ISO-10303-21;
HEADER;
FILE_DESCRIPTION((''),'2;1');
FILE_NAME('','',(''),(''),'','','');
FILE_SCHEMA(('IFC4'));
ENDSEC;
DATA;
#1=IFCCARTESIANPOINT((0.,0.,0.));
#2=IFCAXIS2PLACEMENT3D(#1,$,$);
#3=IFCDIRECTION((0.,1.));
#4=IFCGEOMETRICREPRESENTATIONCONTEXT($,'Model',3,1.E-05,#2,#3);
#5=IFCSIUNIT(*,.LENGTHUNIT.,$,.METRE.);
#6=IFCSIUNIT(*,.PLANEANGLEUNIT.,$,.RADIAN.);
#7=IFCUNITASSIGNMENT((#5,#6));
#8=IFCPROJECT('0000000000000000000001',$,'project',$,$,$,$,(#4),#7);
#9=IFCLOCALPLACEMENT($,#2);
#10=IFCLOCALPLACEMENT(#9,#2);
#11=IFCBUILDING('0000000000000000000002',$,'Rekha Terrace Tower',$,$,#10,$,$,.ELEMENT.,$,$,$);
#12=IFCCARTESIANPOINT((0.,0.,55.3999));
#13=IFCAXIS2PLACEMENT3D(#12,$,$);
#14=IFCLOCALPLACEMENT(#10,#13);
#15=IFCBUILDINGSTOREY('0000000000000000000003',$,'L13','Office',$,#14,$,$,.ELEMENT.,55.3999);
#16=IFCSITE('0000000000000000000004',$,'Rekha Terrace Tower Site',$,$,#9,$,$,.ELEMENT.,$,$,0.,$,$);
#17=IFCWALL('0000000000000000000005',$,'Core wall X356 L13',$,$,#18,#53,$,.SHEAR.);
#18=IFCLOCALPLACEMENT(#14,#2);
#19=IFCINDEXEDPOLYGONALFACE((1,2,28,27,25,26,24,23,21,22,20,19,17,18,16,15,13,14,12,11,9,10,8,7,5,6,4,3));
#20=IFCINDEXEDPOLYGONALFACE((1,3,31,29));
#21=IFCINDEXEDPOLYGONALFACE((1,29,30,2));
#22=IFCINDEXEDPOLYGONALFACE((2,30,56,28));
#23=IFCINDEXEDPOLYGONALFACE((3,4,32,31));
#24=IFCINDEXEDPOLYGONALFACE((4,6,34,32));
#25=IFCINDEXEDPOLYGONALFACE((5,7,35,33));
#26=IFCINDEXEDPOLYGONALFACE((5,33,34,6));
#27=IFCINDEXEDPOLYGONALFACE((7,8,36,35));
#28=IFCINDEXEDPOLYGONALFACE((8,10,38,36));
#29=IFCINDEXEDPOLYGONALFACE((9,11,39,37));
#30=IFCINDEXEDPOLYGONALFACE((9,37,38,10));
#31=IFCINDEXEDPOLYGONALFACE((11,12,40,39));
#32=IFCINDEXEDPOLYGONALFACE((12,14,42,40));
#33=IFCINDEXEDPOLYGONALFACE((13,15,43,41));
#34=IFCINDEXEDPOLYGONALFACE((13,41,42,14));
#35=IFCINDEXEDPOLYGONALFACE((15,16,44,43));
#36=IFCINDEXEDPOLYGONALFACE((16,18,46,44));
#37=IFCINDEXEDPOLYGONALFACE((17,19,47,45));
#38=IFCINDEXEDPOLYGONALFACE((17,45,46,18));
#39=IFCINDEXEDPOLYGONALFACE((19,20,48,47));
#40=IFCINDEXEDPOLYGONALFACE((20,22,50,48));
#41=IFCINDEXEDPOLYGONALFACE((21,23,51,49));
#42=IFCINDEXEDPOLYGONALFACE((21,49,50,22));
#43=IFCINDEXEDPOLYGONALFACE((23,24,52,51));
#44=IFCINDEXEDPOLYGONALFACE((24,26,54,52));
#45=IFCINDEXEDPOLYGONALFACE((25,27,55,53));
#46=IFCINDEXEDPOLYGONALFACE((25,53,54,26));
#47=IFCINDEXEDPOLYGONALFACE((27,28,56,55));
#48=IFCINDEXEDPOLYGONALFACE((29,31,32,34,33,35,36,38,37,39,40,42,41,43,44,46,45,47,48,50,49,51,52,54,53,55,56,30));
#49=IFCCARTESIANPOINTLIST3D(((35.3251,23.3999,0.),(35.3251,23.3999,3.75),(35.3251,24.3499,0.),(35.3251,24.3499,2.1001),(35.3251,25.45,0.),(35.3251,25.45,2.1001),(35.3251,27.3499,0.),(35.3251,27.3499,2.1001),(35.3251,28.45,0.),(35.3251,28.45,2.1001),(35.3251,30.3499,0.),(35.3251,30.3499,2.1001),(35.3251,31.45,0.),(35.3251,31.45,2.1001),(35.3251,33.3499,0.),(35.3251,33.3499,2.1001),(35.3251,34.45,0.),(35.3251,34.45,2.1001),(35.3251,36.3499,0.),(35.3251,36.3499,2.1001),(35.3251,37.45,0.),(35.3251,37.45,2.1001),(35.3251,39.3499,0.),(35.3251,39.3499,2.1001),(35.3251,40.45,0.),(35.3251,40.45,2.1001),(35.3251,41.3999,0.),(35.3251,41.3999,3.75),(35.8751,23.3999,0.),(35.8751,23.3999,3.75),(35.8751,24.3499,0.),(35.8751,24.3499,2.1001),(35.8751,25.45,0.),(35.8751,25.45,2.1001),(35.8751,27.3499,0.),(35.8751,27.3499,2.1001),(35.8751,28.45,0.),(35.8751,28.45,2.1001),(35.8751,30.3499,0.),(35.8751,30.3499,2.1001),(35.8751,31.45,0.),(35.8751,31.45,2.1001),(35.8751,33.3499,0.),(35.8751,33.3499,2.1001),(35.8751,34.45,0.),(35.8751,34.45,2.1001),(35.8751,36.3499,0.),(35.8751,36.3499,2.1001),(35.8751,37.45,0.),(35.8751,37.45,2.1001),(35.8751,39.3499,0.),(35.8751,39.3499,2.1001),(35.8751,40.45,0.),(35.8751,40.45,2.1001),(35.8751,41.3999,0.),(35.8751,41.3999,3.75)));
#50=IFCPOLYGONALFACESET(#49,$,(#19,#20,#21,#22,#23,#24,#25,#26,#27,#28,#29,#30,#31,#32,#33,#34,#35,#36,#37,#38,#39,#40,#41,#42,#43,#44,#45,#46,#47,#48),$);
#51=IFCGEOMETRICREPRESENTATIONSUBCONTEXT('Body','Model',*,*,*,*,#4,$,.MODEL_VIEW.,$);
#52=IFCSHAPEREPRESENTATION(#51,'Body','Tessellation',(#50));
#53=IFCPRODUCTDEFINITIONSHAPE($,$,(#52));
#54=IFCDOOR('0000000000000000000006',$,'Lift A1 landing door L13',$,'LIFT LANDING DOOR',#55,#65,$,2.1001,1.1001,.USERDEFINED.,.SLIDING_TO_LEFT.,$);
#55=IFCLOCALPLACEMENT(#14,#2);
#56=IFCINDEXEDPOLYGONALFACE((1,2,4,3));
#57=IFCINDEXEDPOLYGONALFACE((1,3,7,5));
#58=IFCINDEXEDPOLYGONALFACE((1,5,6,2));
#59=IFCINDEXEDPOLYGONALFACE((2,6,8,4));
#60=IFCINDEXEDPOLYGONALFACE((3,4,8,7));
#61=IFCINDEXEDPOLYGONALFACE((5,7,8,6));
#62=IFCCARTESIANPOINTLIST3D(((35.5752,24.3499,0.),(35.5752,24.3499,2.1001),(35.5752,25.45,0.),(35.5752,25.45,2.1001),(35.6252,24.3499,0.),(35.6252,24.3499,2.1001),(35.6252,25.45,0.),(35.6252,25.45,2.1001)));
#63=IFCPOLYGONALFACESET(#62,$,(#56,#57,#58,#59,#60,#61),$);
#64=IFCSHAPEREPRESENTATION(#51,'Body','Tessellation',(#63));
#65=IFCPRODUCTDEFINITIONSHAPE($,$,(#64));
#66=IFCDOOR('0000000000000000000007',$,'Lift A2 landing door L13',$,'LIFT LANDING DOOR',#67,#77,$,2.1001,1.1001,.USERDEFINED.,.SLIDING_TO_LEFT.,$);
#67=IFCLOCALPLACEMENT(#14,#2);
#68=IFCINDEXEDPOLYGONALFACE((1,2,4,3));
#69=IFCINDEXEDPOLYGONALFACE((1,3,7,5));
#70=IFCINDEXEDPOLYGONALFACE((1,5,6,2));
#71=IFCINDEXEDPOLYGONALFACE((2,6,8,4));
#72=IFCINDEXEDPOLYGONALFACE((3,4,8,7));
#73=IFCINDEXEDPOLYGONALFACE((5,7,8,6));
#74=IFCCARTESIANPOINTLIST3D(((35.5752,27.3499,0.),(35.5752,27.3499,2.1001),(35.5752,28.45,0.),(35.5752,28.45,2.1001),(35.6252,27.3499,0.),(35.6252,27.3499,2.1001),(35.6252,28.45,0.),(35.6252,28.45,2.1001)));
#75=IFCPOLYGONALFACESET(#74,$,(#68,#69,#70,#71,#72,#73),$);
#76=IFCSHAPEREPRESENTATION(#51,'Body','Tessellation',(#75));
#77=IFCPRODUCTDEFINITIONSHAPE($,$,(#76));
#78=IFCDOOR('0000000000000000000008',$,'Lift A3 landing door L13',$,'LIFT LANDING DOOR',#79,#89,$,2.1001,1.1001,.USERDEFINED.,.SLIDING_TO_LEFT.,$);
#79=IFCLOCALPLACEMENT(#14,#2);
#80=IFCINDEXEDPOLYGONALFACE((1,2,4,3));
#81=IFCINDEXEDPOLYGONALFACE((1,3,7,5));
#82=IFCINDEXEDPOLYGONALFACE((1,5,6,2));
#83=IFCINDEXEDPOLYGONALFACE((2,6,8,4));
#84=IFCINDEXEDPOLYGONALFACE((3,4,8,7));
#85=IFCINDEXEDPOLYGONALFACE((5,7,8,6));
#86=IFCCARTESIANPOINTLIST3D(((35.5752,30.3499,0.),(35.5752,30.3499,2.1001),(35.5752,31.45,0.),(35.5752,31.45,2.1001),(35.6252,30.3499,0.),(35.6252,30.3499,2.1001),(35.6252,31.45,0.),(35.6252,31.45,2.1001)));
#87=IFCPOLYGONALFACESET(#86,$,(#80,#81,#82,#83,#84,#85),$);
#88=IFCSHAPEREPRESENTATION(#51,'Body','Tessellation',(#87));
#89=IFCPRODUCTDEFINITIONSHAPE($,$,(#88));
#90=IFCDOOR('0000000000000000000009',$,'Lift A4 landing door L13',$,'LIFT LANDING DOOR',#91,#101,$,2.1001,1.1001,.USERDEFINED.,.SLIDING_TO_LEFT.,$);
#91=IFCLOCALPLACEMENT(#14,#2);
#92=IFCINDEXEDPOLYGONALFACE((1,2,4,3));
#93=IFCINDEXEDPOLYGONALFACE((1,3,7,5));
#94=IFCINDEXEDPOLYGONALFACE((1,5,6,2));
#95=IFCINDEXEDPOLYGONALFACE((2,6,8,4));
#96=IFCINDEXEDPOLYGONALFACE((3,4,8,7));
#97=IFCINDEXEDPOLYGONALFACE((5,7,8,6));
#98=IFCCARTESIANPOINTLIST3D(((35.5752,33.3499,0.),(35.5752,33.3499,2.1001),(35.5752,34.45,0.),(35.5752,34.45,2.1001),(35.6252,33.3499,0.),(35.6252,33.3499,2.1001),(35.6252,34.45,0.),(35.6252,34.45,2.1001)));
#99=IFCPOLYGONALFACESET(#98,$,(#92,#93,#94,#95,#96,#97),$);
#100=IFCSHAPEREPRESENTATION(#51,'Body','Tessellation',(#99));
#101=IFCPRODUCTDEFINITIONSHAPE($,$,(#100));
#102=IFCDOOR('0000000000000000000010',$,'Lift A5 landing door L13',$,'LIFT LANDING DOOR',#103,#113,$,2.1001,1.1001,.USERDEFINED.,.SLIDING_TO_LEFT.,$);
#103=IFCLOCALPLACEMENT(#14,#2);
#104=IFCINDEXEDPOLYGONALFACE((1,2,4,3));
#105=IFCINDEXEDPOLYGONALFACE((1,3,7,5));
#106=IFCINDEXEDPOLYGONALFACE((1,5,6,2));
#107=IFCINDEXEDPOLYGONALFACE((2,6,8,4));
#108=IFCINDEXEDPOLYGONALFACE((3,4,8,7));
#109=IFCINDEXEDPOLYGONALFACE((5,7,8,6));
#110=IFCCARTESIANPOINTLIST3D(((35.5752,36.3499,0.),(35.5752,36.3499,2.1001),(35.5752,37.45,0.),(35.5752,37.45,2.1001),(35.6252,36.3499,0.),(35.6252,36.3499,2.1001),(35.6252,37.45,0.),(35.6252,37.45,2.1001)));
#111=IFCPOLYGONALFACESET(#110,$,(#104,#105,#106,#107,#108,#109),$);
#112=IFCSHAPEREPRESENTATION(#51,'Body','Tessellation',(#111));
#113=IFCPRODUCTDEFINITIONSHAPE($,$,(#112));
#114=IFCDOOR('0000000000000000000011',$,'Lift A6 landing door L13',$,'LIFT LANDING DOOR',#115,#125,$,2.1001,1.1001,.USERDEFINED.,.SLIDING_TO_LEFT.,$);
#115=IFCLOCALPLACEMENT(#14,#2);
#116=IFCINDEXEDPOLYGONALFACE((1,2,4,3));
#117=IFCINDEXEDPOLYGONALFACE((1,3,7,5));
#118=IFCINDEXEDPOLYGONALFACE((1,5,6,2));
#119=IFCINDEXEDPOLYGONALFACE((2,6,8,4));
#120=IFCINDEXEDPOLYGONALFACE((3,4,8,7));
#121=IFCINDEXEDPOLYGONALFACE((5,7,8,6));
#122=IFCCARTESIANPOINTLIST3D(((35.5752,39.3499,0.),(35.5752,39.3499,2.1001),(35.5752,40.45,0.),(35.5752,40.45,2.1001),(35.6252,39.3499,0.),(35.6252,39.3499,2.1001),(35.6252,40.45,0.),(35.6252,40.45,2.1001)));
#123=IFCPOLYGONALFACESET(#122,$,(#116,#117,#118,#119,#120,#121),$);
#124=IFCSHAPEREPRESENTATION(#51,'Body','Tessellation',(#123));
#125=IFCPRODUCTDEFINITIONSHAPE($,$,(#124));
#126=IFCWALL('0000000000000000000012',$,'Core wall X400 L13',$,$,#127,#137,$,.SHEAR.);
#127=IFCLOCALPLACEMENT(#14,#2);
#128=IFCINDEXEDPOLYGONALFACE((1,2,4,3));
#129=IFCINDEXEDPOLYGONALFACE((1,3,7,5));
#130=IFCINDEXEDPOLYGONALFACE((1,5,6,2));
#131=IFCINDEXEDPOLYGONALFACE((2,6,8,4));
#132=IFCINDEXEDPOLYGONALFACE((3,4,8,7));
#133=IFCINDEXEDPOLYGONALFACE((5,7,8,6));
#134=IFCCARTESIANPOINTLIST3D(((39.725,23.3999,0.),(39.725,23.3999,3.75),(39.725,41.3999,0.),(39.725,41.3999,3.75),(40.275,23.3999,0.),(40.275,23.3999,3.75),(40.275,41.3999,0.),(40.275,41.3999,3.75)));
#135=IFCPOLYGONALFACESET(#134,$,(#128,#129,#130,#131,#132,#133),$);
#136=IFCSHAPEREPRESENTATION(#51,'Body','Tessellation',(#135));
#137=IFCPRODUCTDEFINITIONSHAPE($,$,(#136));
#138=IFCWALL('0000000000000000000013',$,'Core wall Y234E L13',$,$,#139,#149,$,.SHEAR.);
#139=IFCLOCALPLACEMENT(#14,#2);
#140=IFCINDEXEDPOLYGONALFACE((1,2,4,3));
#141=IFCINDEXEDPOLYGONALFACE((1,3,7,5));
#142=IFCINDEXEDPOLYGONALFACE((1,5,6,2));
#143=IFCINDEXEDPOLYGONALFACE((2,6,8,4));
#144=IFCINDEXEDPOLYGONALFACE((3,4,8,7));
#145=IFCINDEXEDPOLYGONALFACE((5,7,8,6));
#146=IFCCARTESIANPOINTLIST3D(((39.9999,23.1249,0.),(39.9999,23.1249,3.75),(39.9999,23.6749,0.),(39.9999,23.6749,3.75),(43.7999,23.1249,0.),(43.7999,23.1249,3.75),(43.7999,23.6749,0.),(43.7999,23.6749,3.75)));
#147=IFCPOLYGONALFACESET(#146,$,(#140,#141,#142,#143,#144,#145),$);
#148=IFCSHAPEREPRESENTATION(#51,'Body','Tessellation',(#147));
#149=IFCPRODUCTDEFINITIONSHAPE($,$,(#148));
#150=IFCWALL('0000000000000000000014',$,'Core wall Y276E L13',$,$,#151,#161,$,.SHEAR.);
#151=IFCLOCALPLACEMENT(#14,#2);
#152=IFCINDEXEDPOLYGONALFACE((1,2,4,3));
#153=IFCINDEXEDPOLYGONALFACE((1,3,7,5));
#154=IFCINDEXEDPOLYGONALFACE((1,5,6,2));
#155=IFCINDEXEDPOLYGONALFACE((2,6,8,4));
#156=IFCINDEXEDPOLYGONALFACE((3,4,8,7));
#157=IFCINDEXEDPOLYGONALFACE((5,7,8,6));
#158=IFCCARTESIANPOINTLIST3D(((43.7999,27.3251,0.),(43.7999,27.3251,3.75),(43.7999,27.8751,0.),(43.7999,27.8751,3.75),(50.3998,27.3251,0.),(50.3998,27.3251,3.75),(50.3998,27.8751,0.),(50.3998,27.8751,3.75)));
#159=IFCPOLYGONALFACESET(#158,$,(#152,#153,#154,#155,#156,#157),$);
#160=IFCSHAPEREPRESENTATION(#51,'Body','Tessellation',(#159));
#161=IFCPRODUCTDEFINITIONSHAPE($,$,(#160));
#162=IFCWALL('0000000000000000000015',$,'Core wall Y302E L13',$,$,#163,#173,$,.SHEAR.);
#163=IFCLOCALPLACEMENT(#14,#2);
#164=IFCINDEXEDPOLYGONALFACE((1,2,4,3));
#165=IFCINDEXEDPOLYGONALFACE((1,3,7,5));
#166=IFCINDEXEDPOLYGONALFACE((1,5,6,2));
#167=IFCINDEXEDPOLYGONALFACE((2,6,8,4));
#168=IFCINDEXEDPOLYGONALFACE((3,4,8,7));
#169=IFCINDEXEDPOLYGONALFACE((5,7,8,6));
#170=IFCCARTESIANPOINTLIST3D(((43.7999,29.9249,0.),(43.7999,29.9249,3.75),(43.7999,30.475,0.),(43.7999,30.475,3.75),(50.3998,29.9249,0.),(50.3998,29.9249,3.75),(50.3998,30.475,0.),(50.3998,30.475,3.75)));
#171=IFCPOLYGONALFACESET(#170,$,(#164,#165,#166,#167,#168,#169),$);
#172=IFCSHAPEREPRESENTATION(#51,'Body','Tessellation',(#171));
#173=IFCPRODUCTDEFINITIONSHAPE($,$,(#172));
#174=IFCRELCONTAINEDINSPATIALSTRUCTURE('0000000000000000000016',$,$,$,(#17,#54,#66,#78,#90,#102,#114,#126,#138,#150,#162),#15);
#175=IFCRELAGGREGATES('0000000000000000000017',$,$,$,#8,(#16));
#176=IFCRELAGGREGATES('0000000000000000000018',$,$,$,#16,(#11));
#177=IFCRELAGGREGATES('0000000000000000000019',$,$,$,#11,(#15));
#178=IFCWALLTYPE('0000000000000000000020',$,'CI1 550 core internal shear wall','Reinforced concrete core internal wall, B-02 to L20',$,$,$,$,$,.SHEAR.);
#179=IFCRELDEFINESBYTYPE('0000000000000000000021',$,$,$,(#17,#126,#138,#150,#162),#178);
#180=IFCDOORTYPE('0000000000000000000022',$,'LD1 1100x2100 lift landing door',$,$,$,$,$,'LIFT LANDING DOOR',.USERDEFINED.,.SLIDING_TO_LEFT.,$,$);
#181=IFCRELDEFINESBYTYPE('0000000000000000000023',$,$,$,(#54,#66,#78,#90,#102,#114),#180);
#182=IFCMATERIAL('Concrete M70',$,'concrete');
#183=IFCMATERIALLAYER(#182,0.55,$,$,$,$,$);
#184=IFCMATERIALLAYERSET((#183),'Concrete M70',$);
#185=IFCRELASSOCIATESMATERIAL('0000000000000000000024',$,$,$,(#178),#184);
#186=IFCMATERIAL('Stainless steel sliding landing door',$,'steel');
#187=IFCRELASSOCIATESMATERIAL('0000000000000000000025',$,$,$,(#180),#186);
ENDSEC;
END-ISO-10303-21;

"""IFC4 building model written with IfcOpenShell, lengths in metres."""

from ifc_helpers import new_model, si_unit, direction, frame, frame_2d, origin, place, context, subcontext, project, spatial, rectangle, extrude, material, layer, layer_set, type_object, element, fill, save


model = new_model("IFC4")

# Units and contexts
model_context = context("Model", 3, precision=1e-05, world=origin(), true_north=direction((0.0, 1.0)))
body_context = subcontext(model_context, "Body", "Model", "MODEL_VIEW")
ifc_project = project(units=[si_unit("LENGTHUNIT", "METRE"), si_unit("PLANEANGLEUNIT", "RADIAN")], contexts=[model_context])

# Site, building, storey
site_placement = place(None, origin())
site = spatial("IfcSite", under=ifc_project, at=site_placement, Name="Rekha Terrace Tower Site", CompositionType="ELEMENT", RefElevation=0.0)
building_placement = place(site_placement, origin())
building = spatial("IfcBuilding", under=site, at=building_placement, Name="Rekha Terrace Tower", CompositionType="ELEMENT")
storey_placement = place(building_placement, frame((0.0, 0.0, 55.3999)))
storey = spatial("IfcBuildingStorey", under=building, at=storey_placement, Name="L13", Description="Office", CompositionType="ELEMENT", Elevation=55.3999)

# Shared definitions
ifc_material_1 = material(Name="Concrete M70", Category="concrete")

# Shared definitions
ifc_layer_1 = layer(ifc_material_1, 0.55)
ifc_layer_set_1 = layer_set([ifc_layer_1], Name="Concrete M70")
wall_type_1 = type_object("IfcWallType", Name="CI1 550 core internal shear wall", Description="Reinforced concrete core internal wall, B-02 to L20", PredefinedType="SHEAR", material=ifc_layer_set_1)

# Wall, openings, doors
wall_1_placement = place(storey_placement, frame((35.6001, 23.3999, 0.0), z_axis=(0.0, 0.0, 1.0), x_axis=(0.0, 1.0, 0.0)))
wall_1 = element("IfcWall", 1, at=wall_1_placement, inside=storey, type_object=wall_type_1, Name="Core wall X356 L13", PredefinedType="SHEAR", context=body_context, shape_type="SweptSolid", body=[
    extrude(rectangle(XDim=18.0, YDim=0.55, at=frame_2d((9.0, 0.0))), origin(), (0.0, 0.0, 1.0), 3.75),
])
opening_1_placement = place(wall_1_placement, frame((0.95, 0.0, 0.0)))
opening_1 = element("IfcOpeningElement", 2, at=opening_1_placement, cuts=wall_1, PredefinedType="OPENING", context=body_context, shape_type="SweptSolid", body=[
    extrude(rectangle(XDim=1.1001, YDim=2.1001, at=frame_2d((0.55, 1.05))), frame((0.0, 0.2849, 0.0), z_axis=(0.0, -1.0, 0.0), x_axis=(1.0, 0.0, 0.0)), (0.0, 0.0, 1.0), 0.5701),
])
opening_2_placement = place(wall_1_placement, frame((3.95, 0.0, 0.0)))
opening_2 = element("IfcOpeningElement", 3, at=opening_2_placement, cuts=wall_1, PredefinedType="OPENING", context=body_context, shape_type="SweptSolid", body=[
    extrude(rectangle(XDim=1.1001, YDim=2.1001, at=frame_2d((0.55, 1.05))), frame((0.0, 0.2849, 0.0), z_axis=(0.0, -1.0, 0.0), x_axis=(1.0, 0.0, 0.0)), (0.0, 0.0, 1.0), 0.5701),
])
opening_3_placement = place(wall_1_placement, frame((6.95, 0.0, 0.0)))
opening_3 = element("IfcOpeningElement", 4, at=opening_3_placement, cuts=wall_1, PredefinedType="OPENING", context=body_context, shape_type="SweptSolid", body=[
    extrude(rectangle(XDim=1.1001, YDim=2.1001, at=frame_2d((0.55, 1.05))), frame((0.0, 0.2849, 0.0), z_axis=(0.0, -1.0, 0.0), x_axis=(1.0, 0.0, 0.0)), (0.0, 0.0, 1.0), 0.5701),
])
opening_4_placement = place(wall_1_placement, frame((9.95, 0.0, 0.0)))
opening_4 = element("IfcOpeningElement", 5, at=opening_4_placement, cuts=wall_1, PredefinedType="OPENING", context=body_context, shape_type="SweptSolid", body=[
    extrude(rectangle(XDim=1.1001, YDim=2.1001, at=frame_2d((0.55, 1.05))), frame((0.0, 0.2849, 0.0), z_axis=(0.0, -1.0, 0.0), x_axis=(1.0, 0.0, 0.0)), (0.0, 0.0, 1.0), 0.5701),
])
opening_5_placement = place(wall_1_placement, frame((12.95, 0.0, 0.0)))
opening_5 = element("IfcOpeningElement", 6, at=opening_5_placement, cuts=wall_1, PredefinedType="OPENING", context=body_context, shape_type="SweptSolid", body=[
    extrude(rectangle(XDim=1.1001, YDim=2.1001, at=frame_2d((0.55, 1.05))), frame((0.0, 0.2849, 0.0), z_axis=(0.0, -1.0, 0.0), x_axis=(1.0, 0.0, 0.0)), (0.0, 0.0, 1.0), 0.5701),
])
opening_6_placement = place(wall_1_placement, frame((15.95, 0.0, 0.0)))
opening_6 = element("IfcOpeningElement", 7, at=opening_6_placement, cuts=wall_1, PredefinedType="OPENING", context=body_context, shape_type="SweptSolid", body=[
    extrude(rectangle(XDim=1.1001, YDim=2.1001, at=frame_2d((0.55, 1.05))), frame((0.0, 0.2849, 0.0), z_axis=(0.0, -1.0, 0.0), x_axis=(1.0, 0.0, 0.0)), (0.0, 0.0, 1.0), 0.5701),
])
ifc_material_2 = material(Name="Stainless steel sliding landing door", Category="steel")
door_type_1 = type_object("IfcDoorType", Name="LD1 1100x2100 lift landing door", ElementType="LIFT LANDING DOOR", OperationType="SLIDING_TO_LEFT", PredefinedType="USERDEFINED", material=ifc_material_2)
door_1_placement = place(opening_1_placement, origin())
door_1 = element("IfcDoor", 8, at=door_1_placement, inside=storey, type_object=door_type_1, Name="Lift A1 landing door L13", ObjectType="LIFT LANDING DOOR", OperationType="SLIDING_TO_LEFT", OverallHeight=2.1001, OverallWidth=1.1001, PredefinedType="USERDEFINED", context=body_context, shape_type="SweptSolid", body=[
    extrude(rectangle(XDim=1.1001, YDim=2.1001, at=frame_2d((0.55, 1.05))), frame((0.0, 0.0249, 0.0), z_axis=(0.0, -1.0, 0.0), x_axis=(1.0, 0.0, 0.0)), (0.0, 0.0, 1.0), 0.05),
])
fill(opening_1, door_1)
door_2_placement = place(opening_2_placement, origin())
door_2 = element("IfcDoor", 9, at=door_2_placement, inside=storey, type_object=door_type_1, Name="Lift A2 landing door L13", ObjectType="LIFT LANDING DOOR", OperationType="SLIDING_TO_LEFT", OverallHeight=2.1001, OverallWidth=1.1001, PredefinedType="USERDEFINED", context=body_context, shape_type="SweptSolid", body=[
    extrude(rectangle(XDim=1.1001, YDim=2.1001, at=frame_2d((0.55, 1.05))), frame((0.0, 0.0249, 0.0), z_axis=(0.0, -1.0, 0.0), x_axis=(1.0, 0.0, 0.0)), (0.0, 0.0, 1.0), 0.05),
])
fill(opening_2, door_2)
door_3_placement = place(opening_3_placement, origin())
door_3 = element("IfcDoor", 10, at=door_3_placement, inside=storey, type_object=door_type_1, Name="Lift A3 landing door L13", ObjectType="LIFT LANDING DOOR", OperationType="SLIDING_TO_LEFT", OverallHeight=2.1001, OverallWidth=1.1001, PredefinedType="USERDEFINED", context=body_context, shape_type="SweptSolid", body=[
    extrude(rectangle(XDim=1.1001, YDim=2.1001, at=frame_2d((0.55, 1.05))), frame((0.0, 0.0249, 0.0), z_axis=(0.0, -1.0, 0.0), x_axis=(1.0, 0.0, 0.0)), (0.0, 0.0, 1.0), 0.05),
])
fill(opening_3, door_3)
door_4_placement = place(opening_4_placement, origin())
door_4 = element("IfcDoor", 11, at=door_4_placement, inside=storey, type_object=door_type_1, Name="Lift A4 landing door L13", ObjectType="LIFT LANDING DOOR", OperationType="SLIDING_TO_LEFT", OverallHeight=2.1001, OverallWidth=1.1001, PredefinedType="USERDEFINED", context=body_context, shape_type="SweptSolid", body=[
    extrude(rectangle(XDim=1.1001, YDim=2.1001, at=frame_2d((0.55, 1.05))), frame((0.0, 0.0249, 0.0), z_axis=(0.0, -1.0, 0.0), x_axis=(1.0, 0.0, 0.0)), (0.0, 0.0, 1.0), 0.05),
])
fill(opening_4, door_4)
door_5_placement = place(opening_5_placement, origin())
door_5 = element("IfcDoor", 12, at=door_5_placement, inside=storey, type_object=door_type_1, Name="Lift A5 landing door L13", ObjectType="LIFT LANDING DOOR", OperationType="SLIDING_TO_LEFT", OverallHeight=2.1001, OverallWidth=1.1001, PredefinedType="USERDEFINED", context=body_context, shape_type="SweptSolid", body=[
    extrude(rectangle(XDim=1.1001, YDim=2.1001, at=frame_2d((0.55, 1.05))), frame((0.0, 0.0249, 0.0), z_axis=(0.0, -1.0, 0.0), x_axis=(1.0, 0.0, 0.0)), (0.0, 0.0, 1.0), 0.05),
])
fill(opening_5, door_5)
door_6_placement = place(opening_6_placement, origin())
door_6 = element("IfcDoor", 13, at=door_6_placement, inside=storey, type_object=door_type_1, Name="Lift A6 landing door L13", ObjectType="LIFT LANDING DOOR", OperationType="SLIDING_TO_LEFT", OverallHeight=2.1001, OverallWidth=1.1001, PredefinedType="USERDEFINED", context=body_context, shape_type="SweptSolid", body=[
    extrude(rectangle(XDim=1.1001, YDim=2.1001, at=frame_2d((0.55, 1.05))), frame((0.0, 0.0249, 0.0), z_axis=(0.0, -1.0, 0.0), x_axis=(1.0, 0.0, 0.0)), (0.0, 0.0, 1.0), 0.05),
])
fill(opening_6, door_6)

# Walls
wall_2_placement = place(storey_placement, frame((40.0, 23.3999, 0.0), z_axis=(0.0, 0.0, 1.0), x_axis=(0.0, 1.0, 0.0)))
element("IfcWall", 14, at=wall_2_placement, inside=storey, type_object=wall_type_1, Name="Core wall X400 L13", PredefinedType="SHEAR", context=body_context, shape_type="SweptSolid", body=[
    extrude(rectangle(XDim=18.0, YDim=0.55, at=frame_2d((9.0, 0.0))), origin(), (0.0, 0.0, 1.0), 3.75),
])
wall_3_placement = place(storey_placement, frame((40.0, 23.3999, 0.0), z_axis=(0.0, 0.0, 1.0), x_axis=(1.0, 0.0, 0.0)))
element("IfcWall", 15, at=wall_3_placement, inside=storey, type_object=wall_type_1, Name="Core wall Y234E L13", PredefinedType="SHEAR", context=body_context, shape_type="SweptSolid", body=[
    extrude(rectangle(XDim=3.8, YDim=0.55, at=frame_2d((1.8999, 0.0))), origin(), (0.0, 0.0, 1.0), 3.75),
])
for number, where, z_axis, x_axis, name in (
    (16, (43.8, 27.6001, 0.0), (0.0, 0.0, 1.0), (1.0, 0.0, 0.0), "Core wall Y276E L13"),
    (17, (43.8, 30.2, 0.0), (0.0, 0.0, 1.0), (1.0, 0.0, 0.0), "Core wall Y302E L13"),
):
    element("IfcWall", number, at=place(storey_placement, frame(where, z_axis=z_axis, x_axis=x_axis)), inside=storey, type_object=wall_type_1, Name=name, PredefinedType="SHEAR", context=body_context, shape_type="SweptSolid", body=[
        extrude(rectangle(XDim=6.5999, YDim=0.55, at=frame_2d((3.2998, 0.0))), origin(), (0.0, 0.0, 1.0), 3.75),
    ])

save(model, "model.ifc")
